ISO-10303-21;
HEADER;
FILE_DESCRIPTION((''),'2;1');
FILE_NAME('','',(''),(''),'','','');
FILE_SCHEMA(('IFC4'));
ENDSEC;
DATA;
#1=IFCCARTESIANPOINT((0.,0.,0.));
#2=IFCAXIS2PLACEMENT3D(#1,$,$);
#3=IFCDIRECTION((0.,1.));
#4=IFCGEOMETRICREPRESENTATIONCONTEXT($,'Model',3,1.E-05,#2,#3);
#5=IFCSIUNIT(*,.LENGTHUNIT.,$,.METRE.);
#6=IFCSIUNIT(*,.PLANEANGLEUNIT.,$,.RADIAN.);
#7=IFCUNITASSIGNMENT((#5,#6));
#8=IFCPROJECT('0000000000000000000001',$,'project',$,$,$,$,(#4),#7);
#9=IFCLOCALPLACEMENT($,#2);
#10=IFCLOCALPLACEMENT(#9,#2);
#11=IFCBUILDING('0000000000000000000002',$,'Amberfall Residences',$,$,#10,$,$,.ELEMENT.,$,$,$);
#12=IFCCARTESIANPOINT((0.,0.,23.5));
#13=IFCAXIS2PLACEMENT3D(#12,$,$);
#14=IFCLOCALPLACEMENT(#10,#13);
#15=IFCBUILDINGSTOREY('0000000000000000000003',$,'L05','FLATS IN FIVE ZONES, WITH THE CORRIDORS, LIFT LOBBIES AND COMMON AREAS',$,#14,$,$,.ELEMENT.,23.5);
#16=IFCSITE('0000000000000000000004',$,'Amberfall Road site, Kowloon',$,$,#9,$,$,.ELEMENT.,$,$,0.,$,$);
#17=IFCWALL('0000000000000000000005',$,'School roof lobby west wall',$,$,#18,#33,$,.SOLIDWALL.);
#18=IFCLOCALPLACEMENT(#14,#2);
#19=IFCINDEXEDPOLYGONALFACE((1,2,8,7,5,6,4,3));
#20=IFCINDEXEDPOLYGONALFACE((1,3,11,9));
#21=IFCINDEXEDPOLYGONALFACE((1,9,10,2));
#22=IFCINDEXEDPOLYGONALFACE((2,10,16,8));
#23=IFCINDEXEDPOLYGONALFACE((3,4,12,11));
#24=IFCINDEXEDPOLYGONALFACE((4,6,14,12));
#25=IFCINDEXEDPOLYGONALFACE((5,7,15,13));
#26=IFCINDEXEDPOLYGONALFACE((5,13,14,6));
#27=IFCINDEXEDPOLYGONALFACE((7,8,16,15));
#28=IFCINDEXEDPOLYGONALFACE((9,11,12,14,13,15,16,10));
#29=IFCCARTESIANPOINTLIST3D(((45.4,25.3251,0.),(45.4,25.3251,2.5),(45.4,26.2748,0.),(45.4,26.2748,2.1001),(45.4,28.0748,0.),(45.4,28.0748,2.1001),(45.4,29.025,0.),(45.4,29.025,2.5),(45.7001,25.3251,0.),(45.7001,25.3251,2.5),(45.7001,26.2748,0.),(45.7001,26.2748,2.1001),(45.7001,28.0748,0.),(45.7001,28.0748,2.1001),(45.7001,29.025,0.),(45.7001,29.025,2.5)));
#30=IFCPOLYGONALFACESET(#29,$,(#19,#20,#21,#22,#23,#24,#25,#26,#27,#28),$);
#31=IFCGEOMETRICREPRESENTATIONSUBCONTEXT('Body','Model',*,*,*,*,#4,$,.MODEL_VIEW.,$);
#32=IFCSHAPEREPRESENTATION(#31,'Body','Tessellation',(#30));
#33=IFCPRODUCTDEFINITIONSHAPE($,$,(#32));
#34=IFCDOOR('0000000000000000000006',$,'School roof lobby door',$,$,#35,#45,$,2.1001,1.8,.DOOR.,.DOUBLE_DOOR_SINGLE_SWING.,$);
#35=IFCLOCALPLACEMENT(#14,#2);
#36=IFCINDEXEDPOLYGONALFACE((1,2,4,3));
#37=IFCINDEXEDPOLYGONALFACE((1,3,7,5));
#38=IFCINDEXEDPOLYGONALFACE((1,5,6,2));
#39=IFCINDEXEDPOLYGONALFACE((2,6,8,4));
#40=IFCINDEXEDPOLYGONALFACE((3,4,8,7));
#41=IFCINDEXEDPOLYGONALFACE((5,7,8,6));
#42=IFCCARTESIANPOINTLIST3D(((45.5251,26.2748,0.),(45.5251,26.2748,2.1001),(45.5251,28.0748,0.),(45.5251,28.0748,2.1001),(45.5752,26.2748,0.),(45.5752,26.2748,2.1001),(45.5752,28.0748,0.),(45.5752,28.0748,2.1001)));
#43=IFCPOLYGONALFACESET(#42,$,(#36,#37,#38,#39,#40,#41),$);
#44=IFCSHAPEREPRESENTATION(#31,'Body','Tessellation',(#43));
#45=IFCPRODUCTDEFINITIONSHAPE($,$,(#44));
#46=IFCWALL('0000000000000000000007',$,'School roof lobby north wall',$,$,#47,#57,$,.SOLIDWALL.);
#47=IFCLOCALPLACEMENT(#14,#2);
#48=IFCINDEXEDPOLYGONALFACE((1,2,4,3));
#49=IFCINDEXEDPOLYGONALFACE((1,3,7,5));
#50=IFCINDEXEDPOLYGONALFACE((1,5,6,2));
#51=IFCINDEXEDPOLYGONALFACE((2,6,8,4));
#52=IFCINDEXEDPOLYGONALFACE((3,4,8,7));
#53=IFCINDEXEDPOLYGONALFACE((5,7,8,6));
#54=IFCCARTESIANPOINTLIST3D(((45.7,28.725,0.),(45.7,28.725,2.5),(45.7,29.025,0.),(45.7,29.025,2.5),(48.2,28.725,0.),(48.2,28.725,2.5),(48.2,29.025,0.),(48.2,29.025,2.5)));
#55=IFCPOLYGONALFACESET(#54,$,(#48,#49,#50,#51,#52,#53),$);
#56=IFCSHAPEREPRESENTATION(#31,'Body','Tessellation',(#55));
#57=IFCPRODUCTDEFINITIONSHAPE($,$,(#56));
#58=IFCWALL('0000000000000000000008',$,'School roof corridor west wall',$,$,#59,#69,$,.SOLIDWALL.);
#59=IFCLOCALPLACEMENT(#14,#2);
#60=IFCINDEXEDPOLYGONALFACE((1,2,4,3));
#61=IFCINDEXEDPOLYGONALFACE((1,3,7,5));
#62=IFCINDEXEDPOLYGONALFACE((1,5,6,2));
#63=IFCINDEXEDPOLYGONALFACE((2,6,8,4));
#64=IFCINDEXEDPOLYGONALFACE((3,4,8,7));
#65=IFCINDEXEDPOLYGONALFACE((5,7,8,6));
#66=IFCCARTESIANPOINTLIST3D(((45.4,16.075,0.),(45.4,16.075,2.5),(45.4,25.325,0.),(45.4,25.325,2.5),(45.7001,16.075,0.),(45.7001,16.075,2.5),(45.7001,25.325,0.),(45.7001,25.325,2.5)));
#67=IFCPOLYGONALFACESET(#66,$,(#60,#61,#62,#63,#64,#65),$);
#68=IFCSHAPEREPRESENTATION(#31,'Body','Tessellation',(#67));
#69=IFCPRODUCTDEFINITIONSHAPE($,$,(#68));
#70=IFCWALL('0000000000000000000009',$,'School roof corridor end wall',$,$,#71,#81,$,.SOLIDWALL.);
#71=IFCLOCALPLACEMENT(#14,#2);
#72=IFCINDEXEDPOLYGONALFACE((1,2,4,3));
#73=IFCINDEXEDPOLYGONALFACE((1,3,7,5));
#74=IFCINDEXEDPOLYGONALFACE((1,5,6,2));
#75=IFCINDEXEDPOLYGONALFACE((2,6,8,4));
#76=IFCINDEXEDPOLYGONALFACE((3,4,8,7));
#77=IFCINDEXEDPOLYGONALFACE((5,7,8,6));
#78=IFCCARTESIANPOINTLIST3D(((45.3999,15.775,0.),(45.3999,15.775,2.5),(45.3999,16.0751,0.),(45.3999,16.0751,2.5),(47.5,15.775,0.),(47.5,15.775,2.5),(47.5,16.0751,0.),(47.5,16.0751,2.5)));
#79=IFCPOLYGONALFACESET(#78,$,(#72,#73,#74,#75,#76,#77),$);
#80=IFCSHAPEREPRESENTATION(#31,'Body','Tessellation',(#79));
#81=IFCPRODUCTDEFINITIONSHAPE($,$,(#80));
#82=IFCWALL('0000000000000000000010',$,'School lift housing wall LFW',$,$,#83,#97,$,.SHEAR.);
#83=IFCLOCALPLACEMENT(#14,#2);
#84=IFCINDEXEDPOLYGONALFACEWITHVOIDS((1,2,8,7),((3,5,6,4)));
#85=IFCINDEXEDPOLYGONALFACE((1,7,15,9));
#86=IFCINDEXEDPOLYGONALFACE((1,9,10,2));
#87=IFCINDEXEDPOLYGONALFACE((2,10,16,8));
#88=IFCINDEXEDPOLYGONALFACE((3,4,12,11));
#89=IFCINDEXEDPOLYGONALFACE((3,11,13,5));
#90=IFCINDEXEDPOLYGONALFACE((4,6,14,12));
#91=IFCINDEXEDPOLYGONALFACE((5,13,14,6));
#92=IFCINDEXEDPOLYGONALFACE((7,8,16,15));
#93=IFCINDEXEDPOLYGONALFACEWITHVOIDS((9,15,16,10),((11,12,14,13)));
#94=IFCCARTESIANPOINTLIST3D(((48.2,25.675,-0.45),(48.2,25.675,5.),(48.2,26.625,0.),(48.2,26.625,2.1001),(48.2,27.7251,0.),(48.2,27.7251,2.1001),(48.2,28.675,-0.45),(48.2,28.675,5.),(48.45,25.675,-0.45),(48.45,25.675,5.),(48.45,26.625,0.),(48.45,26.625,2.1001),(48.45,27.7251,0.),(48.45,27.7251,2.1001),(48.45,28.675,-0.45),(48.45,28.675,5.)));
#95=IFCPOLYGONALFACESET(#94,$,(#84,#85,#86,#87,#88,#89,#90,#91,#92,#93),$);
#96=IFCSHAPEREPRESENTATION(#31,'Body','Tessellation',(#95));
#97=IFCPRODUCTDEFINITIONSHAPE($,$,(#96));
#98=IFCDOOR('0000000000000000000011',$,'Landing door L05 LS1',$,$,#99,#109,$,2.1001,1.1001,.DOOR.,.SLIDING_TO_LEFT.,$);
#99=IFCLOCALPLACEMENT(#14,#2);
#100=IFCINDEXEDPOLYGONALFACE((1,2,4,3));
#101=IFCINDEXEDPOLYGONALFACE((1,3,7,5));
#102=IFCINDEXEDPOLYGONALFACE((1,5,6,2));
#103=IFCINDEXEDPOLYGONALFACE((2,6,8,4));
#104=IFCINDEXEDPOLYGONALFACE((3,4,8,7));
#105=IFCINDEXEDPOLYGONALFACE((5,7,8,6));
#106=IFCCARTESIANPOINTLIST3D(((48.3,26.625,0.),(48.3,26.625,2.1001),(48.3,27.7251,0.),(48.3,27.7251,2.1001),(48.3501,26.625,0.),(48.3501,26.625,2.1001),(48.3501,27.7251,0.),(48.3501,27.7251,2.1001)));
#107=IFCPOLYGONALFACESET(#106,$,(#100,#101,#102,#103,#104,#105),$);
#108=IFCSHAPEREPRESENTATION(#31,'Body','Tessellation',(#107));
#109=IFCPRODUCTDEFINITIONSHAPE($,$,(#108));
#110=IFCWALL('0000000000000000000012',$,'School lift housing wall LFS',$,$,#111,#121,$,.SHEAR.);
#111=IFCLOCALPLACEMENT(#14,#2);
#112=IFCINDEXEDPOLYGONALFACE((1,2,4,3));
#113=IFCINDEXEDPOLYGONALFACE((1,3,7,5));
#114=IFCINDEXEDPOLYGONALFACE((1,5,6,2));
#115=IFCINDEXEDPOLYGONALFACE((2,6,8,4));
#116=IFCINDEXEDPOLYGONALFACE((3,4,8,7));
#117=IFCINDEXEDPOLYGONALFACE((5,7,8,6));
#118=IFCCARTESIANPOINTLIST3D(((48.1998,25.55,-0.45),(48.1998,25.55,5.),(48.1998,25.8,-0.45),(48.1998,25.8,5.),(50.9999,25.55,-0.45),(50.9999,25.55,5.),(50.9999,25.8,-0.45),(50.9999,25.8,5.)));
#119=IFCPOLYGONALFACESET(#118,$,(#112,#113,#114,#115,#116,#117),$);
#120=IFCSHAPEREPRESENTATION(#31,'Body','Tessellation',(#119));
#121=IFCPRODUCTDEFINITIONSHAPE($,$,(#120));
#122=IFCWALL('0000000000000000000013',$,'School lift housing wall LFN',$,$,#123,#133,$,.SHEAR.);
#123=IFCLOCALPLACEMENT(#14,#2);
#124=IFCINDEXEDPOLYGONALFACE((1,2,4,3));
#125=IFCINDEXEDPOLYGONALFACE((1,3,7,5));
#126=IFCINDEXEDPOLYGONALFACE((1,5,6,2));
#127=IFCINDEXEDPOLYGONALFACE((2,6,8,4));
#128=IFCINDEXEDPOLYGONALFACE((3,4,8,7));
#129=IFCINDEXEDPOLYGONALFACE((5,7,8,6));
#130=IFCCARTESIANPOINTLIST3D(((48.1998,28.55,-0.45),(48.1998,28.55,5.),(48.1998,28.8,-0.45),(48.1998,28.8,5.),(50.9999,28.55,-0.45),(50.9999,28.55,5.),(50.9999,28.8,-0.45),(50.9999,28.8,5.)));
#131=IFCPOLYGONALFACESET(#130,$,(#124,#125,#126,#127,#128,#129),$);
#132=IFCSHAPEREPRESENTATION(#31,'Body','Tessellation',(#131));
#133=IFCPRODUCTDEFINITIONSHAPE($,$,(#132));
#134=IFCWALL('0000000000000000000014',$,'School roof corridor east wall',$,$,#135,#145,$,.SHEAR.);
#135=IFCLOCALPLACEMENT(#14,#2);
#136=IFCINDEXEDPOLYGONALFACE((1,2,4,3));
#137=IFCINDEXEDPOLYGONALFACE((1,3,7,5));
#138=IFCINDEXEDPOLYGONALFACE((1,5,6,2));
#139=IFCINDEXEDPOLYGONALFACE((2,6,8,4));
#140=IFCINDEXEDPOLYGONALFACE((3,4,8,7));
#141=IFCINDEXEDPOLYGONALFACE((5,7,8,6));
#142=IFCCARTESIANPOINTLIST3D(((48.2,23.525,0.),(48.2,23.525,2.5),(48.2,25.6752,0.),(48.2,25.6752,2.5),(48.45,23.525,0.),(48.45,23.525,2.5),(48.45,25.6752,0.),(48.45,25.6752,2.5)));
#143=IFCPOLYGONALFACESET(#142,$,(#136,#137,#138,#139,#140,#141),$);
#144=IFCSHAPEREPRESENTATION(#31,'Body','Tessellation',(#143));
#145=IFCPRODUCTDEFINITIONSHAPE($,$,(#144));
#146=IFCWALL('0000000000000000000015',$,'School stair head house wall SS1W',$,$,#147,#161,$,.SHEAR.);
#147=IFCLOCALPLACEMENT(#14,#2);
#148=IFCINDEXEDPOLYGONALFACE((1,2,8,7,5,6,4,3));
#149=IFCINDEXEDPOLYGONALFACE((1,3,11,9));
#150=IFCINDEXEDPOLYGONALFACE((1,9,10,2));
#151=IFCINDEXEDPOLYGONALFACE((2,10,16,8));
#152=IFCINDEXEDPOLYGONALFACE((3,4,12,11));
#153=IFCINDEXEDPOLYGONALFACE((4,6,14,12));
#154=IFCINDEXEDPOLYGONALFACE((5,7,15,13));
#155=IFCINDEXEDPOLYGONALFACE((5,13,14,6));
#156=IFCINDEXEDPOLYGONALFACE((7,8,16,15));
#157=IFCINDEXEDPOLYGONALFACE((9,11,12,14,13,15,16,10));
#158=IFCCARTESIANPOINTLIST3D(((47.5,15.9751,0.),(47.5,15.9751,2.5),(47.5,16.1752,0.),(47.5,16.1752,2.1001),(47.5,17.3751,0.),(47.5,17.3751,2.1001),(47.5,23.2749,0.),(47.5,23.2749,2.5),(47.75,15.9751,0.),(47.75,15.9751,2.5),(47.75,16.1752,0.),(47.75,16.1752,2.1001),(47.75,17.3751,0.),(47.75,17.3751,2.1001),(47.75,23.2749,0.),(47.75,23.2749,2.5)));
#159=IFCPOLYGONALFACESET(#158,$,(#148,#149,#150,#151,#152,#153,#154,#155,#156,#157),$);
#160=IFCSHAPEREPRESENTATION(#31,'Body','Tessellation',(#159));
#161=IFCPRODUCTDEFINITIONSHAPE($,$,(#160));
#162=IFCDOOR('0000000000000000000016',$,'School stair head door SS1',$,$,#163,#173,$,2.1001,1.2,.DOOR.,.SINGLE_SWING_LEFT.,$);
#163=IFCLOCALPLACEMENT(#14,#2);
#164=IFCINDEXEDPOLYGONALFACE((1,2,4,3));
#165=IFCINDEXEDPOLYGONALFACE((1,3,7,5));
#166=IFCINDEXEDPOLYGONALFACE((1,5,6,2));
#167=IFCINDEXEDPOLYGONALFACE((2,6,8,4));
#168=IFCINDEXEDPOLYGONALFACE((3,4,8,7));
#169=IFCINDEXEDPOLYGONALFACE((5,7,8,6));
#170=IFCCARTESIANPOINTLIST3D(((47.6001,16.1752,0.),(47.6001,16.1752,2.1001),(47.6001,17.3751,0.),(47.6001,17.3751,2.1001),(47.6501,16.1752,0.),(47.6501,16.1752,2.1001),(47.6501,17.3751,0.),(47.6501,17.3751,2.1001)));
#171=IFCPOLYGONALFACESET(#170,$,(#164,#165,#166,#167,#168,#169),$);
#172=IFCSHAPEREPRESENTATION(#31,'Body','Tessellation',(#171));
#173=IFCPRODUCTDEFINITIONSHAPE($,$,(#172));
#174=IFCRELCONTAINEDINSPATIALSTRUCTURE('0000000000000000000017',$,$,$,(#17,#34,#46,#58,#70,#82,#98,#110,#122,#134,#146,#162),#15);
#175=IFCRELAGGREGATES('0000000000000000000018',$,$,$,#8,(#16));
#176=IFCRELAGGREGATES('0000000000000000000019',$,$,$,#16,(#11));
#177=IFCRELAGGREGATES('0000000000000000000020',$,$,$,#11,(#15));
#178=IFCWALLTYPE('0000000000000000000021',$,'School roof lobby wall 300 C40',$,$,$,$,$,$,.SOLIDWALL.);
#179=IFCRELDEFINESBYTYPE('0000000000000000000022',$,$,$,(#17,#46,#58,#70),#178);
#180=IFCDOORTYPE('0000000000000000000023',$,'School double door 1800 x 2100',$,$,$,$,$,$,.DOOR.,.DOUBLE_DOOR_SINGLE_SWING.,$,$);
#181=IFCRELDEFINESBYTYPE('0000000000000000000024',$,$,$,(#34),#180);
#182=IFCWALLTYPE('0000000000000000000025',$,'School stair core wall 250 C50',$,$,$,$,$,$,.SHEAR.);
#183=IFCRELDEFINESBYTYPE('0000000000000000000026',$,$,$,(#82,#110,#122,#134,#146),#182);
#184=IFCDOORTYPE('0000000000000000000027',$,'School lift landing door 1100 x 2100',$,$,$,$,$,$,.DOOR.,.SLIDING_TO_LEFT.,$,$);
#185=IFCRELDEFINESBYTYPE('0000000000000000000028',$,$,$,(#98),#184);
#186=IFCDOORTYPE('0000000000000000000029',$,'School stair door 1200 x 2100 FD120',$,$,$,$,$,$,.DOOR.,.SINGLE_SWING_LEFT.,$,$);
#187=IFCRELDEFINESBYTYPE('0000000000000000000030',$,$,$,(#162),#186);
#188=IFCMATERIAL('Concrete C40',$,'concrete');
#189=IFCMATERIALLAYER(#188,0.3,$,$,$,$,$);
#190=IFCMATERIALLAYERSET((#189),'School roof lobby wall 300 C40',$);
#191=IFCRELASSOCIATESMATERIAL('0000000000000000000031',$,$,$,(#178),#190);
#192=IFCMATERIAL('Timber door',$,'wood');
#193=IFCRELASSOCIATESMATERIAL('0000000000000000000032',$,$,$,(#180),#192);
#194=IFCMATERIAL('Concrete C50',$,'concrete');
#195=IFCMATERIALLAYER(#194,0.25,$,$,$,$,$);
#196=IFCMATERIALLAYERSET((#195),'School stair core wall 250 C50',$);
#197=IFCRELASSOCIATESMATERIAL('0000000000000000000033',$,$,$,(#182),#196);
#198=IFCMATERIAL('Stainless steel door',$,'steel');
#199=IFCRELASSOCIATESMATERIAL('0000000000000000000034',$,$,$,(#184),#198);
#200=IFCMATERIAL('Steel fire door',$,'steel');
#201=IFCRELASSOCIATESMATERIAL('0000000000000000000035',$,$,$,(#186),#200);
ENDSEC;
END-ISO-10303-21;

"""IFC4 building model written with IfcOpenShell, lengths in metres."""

from ifc_helpers import new_model, si_unit, direction, frame, frame_2d, origin, place, context, subcontext, project, spatial, rectangle, extrude, material, layer, layer_set, type_object, element, fill, save


model = new_model("IFC4")

# Units and contexts
model_context = context("Model", 3, precision=1e-05, world=origin(), true_north=direction((0.0, 1.0)))
body_context = subcontext(model_context, "Body", "Model", "MODEL_VIEW")
ifc_project = project(units=[si_unit("LENGTHUNIT", "METRE"), si_unit("PLANEANGLEUNIT", "RADIAN")], contexts=[model_context])

# Site, building, storey
site_placement = place(None, origin())
site = spatial("IfcSite", under=ifc_project, at=site_placement, Name="Amberfall Road site, Kowloon", CompositionType="ELEMENT", RefElevation=0.0)
building_placement = place(site_placement, origin())
building = spatial("IfcBuilding", under=site, at=building_placement, Name="Amberfall Residences", CompositionType="ELEMENT")
storey_placement = place(building_placement, frame((0.0, 0.0, 23.5)))
storey = spatial("IfcBuildingStorey", under=building, at=storey_placement, Name="L05", Description="FLATS IN FIVE ZONES, WITH THE CORRIDORS, LIFT LOBBIES AND COMMON AREAS", CompositionType="ELEMENT", Elevation=23.5)

# Shared definitions
ifc_material_1 = material(Name="Concrete C40", Category="concrete")

# Wall, opening, door
ifc_layer_1 = layer(ifc_material_1, 0.3)
ifc_layer_set_1 = layer_set([ifc_layer_1], Name="School roof lobby wall 300 C40")
wall_type_1 = type_object("IfcWallType", Name="School roof lobby wall 300 C40", PredefinedType="SOLIDWALL", material=ifc_layer_set_1)
wall_1_placement = place(storey_placement, frame((45.55, 25.325, 0.0), z_axis=(0.0, 0.0, 1.0), x_axis=(0.0, 1.0, 0.0)))
wall_1 = element("IfcWall", 1, at=wall_1_placement, inside=storey, type_object=wall_type_1, Name="School roof lobby west wall", PredefinedType="SOLIDWALL", context=body_context, shape_type="SweptSolid", body=[
    extrude(rectangle(XDim=3.7, YDim=0.3, at=frame_2d((1.8501, 0.0))), origin(), (0.0, 0.0, 1.0), 2.5),
])
opening_1_placement = place(wall_1_placement, frame((0.95, 0.0, 0.0)))
opening_1 = element("IfcOpeningElement", 2, at=opening_1_placement, cuts=wall_1, PredefinedType="OPENING", context=body_context, shape_type="SweptSolid", body=[
    extrude(rectangle(XDim=1.8, YDim=2.1001, at=frame_2d((0.8999, 1.05))), frame((0.0, 0.1599, 0.0), z_axis=(0.0, -1.0, 0.0), x_axis=(1.0, 0.0, 0.0)), (0.0, 0.0, 1.0), 0.3201),
])
ifc_material_2 = material(Name="Timber door", Category="wood")
door_type_1 = type_object("IfcDoorType", Name="School double door 1800 x 2100", OperationType="DOUBLE_DOOR_SINGLE_SWING", PredefinedType="DOOR", material=ifc_material_2)
door_1_placement = place(opening_1_placement, origin())
door_1 = element("IfcDoor", 3, at=door_1_placement, inside=storey, type_object=door_type_1, Name="School roof lobby door", OperationType="DOUBLE_DOOR_SINGLE_SWING", OverallHeight=2.1001, OverallWidth=1.8, PredefinedType="DOOR", context=body_context, shape_type="SweptSolid", body=[
    extrude(rectangle(XDim=1.8, YDim=2.1001, at=frame_2d((0.8999, 1.05))), frame((0.0, 0.0249, 0.0), z_axis=(0.0, -1.0, 0.0), x_axis=(1.0, 0.0, 0.0)), (0.0, 0.0, 1.0), 0.05),
])
fill(opening_1, door_1)

# Walls
wall_2_placement = place(storey_placement, frame((45.7, 28.875, 0.0), z_axis=(0.0, 0.0, 1.0), x_axis=(1.0, 0.0, 0.0)))
element("IfcWall", 4, at=wall_2_placement, inside=storey, type_object=wall_type_1, Name="School roof lobby north wall", PredefinedType="SOLIDWALL", context=body_context, shape_type="SweptSolid", body=[
    extrude(rectangle(XDim=2.5, YDim=0.3, at=frame_2d((1.25, 0.0))), origin(), (0.0, 0.0, 1.0), 2.5),
])
wall_3_placement = place(storey_placement, frame((45.55, 16.075, 0.0), z_axis=(0.0, 0.0, 1.0), x_axis=(0.0, 1.0, 0.0)))
element("IfcWall", 5, at=wall_3_placement, inside=storey, type_object=wall_type_1, Name="School roof corridor west wall", PredefinedType="SOLIDWALL", context=body_context, shape_type="SweptSolid", body=[
    extrude(rectangle(XDim=9.25, YDim=0.3, at=frame_2d((4.625, 0.0))), origin(), (0.0, 0.0, 1.0), 2.5),
])
wall_4_placement = place(storey_placement, frame((45.3999, 15.925, 0.0), z_axis=(0.0, 0.0, 1.0), x_axis=(1.0, 0.0, 0.0)))
element("IfcWall", 6, at=wall_4_placement, inside=storey, type_object=wall_type_1, Name="School roof corridor end wall", PredefinedType="SOLIDWALL", context=body_context, shape_type="SweptSolid", body=[
    extrude(rectangle(XDim=2.1001, YDim=0.3, at=frame_2d((1.05, 0.0))), origin(), (0.0, 0.0, 1.0), 2.5),
])

# Wall, opening, door
ifc_material_3 = material(Name="Concrete C50", Category="concrete")
ifc_layer_2 = layer(ifc_material_3, 0.25)
ifc_layer_set_2 = layer_set([ifc_layer_2], Name="School stair core wall 250 C50")
wall_type_2 = type_object("IfcWallType", Name="School stair core wall 250 C50", PredefinedType="SHEAR", material=ifc_layer_set_2)
wall_5_placement = place(storey_placement, frame((48.325, 25.675, -0.45), z_axis=(0.0, 0.0, 1.0), x_axis=(0.0, 1.0, 0.0)))
wall_5 = element("IfcWall", 7, at=wall_5_placement, inside=storey, type_object=wall_type_2, Name="School lift housing wall LFW", PredefinedType="SHEAR", context=body_context, shape_type="SweptSolid", body=[
    extrude(rectangle(XDim=3.0, YDim=0.25, at=frame_2d((1.5, 0.0))), origin(), (0.0, 0.0, 1.0), 5.45),
])
opening_2_placement = place(wall_5_placement, frame((0.95, 0.0, 0.45)))
opening_2 = element("IfcOpeningElement", 8, at=opening_2_placement, cuts=wall_5, PredefinedType="OPENING", context=body_context, shape_type="SweptSolid", body=[
    extrude(rectangle(XDim=1.1001, YDim=2.1001, at=frame_2d((0.55, 1.05))), frame((0.0, 0.135, 0.0), z_axis=(0.0, -1.0, 0.0), x_axis=(1.0, 0.0, 0.0)), (0.0, 0.0, 1.0), 0.27),
])
ifc_material_4 = material(Name="Stainless steel door", Category="steel")
door_type_2 = type_object("IfcDoorType", Name="School lift landing door 1100 x 2100", OperationType="SLIDING_TO_LEFT", PredefinedType="DOOR", material=ifc_material_4)
door_2_placement = place(opening_2_placement, origin())
door_2 = element("IfcDoor", 9, at=door_2_placement, inside=storey, type_object=door_type_2, Name="Landing door L05 LS1", OperationType="SLIDING_TO_LEFT", OverallHeight=2.1001, OverallWidth=1.1001, PredefinedType="DOOR", context=body_context, shape_type="SweptSolid", body=[
    extrude(rectangle(XDim=1.1001, YDim=2.1001, at=frame_2d((0.55, 1.05))), frame((0.0, 0.0249, 0.0), z_axis=(0.0, -1.0, 0.0), x_axis=(1.0, 0.0, 0.0)), (0.0, 0.0, 1.0), 0.05),
])
fill(opening_2, door_2)

# Walls
for number, where, z_axis, x_axis, name in (
    (10, (48.2, 25.675, -0.45), (0.0, 0.0, 1.0), (1.0, 0.0, 0.0), "School lift housing wall LFS"),
    (11, (48.2, 28.675, -0.45), (0.0, 0.0, 1.0), (1.0, 0.0, 0.0), "School lift housing wall LFN"),
):
    element("IfcWall", number, at=place(storey_placement, frame(where, z_axis=z_axis, x_axis=x_axis)), inside=storey, type_object=wall_type_2, Name=name, PredefinedType="SHEAR", context=body_context, shape_type="SweptSolid", body=[
        extrude(rectangle(XDim=2.8, YDim=0.25, at=frame_2d((1.3999, 0.0))), origin(), (0.0, 0.0, 1.0), 5.45),
    ])
wall_6_placement = place(storey_placement, frame((48.325, 23.5249, 0.0), z_axis=(0.0, 0.0, 1.0), x_axis=(0.0, 1.0, 0.0)))
element("IfcWall", 12, at=wall_6_placement, inside=storey, type_object=wall_type_2, Name="School roof corridor east wall", PredefinedType="SHEAR", context=body_context, shape_type="SweptSolid", body=[
    extrude(rectangle(XDim=2.1501, YDim=0.25, at=frame_2d((1.0752, 0.0))), origin(), (0.0, 0.0, 1.0), 2.5),
])

# Wall, opening, door
wall_7_placement = place(storey_placement, frame((47.625, 15.9751, 0.0), z_axis=(0.0, 0.0, 1.0), x_axis=(0.0, 1.0, 0.0)))
wall_7 = element("IfcWall", 13, at=wall_7_placement, inside=storey, type_object=wall_type_2, Name="School stair head house wall SS1W", PredefinedType="SHEAR", context=body_context, shape_type="SweptSolid", body=[
    extrude(rectangle(XDim=7.2998, YDim=0.25, at=frame_2d((3.6499, 0.0))), origin(), (0.0, 0.0, 1.0), 2.5),
])
opening_3_placement = place(wall_7_placement, frame((0.2, 0.0, 0.0)))
opening_3 = element("IfcOpeningElement", 14, at=opening_3_placement, cuts=wall_7, PredefinedType="OPENING", context=body_context, shape_type="SweptSolid", body=[
    extrude(rectangle(XDim=1.2, YDim=2.1001, at=frame_2d((0.6001, 1.05))), frame((0.0, 0.135, 0.0), z_axis=(0.0, -1.0, 0.0), x_axis=(1.0, 0.0, 0.0)), (0.0, 0.0, 1.0), 0.27),
])
ifc_material_5 = material(Name="Steel fire door", Category="steel")
door_type_3 = type_object("IfcDoorType", Name="School stair door 1200 x 2100 FD120", OperationType="SINGLE_SWING_LEFT", PredefinedType="DOOR", material=ifc_material_5)
door_3_placement = place(opening_3_placement, origin())
door_3 = element("IfcDoor", 15, at=door_3_placement, inside=storey, type_object=door_type_3, Name="School stair head door SS1", OperationType="SINGLE_SWING_LEFT", OverallHeight=2.1001, OverallWidth=1.2, PredefinedType="DOOR", context=body_context, shape_type="SweptSolid", body=[
    extrude(rectangle(XDim=1.2, YDim=2.1001, at=frame_2d((0.6001, 1.05))), frame((0.0, 0.0249, 0.0), z_axis=(0.0, -1.0, 0.0), x_axis=(1.0, 0.0, 0.0)), (0.0, 0.0, 1.0), 0.05),
])
fill(opening_3, door_3)

save(model, "model.ifc")
